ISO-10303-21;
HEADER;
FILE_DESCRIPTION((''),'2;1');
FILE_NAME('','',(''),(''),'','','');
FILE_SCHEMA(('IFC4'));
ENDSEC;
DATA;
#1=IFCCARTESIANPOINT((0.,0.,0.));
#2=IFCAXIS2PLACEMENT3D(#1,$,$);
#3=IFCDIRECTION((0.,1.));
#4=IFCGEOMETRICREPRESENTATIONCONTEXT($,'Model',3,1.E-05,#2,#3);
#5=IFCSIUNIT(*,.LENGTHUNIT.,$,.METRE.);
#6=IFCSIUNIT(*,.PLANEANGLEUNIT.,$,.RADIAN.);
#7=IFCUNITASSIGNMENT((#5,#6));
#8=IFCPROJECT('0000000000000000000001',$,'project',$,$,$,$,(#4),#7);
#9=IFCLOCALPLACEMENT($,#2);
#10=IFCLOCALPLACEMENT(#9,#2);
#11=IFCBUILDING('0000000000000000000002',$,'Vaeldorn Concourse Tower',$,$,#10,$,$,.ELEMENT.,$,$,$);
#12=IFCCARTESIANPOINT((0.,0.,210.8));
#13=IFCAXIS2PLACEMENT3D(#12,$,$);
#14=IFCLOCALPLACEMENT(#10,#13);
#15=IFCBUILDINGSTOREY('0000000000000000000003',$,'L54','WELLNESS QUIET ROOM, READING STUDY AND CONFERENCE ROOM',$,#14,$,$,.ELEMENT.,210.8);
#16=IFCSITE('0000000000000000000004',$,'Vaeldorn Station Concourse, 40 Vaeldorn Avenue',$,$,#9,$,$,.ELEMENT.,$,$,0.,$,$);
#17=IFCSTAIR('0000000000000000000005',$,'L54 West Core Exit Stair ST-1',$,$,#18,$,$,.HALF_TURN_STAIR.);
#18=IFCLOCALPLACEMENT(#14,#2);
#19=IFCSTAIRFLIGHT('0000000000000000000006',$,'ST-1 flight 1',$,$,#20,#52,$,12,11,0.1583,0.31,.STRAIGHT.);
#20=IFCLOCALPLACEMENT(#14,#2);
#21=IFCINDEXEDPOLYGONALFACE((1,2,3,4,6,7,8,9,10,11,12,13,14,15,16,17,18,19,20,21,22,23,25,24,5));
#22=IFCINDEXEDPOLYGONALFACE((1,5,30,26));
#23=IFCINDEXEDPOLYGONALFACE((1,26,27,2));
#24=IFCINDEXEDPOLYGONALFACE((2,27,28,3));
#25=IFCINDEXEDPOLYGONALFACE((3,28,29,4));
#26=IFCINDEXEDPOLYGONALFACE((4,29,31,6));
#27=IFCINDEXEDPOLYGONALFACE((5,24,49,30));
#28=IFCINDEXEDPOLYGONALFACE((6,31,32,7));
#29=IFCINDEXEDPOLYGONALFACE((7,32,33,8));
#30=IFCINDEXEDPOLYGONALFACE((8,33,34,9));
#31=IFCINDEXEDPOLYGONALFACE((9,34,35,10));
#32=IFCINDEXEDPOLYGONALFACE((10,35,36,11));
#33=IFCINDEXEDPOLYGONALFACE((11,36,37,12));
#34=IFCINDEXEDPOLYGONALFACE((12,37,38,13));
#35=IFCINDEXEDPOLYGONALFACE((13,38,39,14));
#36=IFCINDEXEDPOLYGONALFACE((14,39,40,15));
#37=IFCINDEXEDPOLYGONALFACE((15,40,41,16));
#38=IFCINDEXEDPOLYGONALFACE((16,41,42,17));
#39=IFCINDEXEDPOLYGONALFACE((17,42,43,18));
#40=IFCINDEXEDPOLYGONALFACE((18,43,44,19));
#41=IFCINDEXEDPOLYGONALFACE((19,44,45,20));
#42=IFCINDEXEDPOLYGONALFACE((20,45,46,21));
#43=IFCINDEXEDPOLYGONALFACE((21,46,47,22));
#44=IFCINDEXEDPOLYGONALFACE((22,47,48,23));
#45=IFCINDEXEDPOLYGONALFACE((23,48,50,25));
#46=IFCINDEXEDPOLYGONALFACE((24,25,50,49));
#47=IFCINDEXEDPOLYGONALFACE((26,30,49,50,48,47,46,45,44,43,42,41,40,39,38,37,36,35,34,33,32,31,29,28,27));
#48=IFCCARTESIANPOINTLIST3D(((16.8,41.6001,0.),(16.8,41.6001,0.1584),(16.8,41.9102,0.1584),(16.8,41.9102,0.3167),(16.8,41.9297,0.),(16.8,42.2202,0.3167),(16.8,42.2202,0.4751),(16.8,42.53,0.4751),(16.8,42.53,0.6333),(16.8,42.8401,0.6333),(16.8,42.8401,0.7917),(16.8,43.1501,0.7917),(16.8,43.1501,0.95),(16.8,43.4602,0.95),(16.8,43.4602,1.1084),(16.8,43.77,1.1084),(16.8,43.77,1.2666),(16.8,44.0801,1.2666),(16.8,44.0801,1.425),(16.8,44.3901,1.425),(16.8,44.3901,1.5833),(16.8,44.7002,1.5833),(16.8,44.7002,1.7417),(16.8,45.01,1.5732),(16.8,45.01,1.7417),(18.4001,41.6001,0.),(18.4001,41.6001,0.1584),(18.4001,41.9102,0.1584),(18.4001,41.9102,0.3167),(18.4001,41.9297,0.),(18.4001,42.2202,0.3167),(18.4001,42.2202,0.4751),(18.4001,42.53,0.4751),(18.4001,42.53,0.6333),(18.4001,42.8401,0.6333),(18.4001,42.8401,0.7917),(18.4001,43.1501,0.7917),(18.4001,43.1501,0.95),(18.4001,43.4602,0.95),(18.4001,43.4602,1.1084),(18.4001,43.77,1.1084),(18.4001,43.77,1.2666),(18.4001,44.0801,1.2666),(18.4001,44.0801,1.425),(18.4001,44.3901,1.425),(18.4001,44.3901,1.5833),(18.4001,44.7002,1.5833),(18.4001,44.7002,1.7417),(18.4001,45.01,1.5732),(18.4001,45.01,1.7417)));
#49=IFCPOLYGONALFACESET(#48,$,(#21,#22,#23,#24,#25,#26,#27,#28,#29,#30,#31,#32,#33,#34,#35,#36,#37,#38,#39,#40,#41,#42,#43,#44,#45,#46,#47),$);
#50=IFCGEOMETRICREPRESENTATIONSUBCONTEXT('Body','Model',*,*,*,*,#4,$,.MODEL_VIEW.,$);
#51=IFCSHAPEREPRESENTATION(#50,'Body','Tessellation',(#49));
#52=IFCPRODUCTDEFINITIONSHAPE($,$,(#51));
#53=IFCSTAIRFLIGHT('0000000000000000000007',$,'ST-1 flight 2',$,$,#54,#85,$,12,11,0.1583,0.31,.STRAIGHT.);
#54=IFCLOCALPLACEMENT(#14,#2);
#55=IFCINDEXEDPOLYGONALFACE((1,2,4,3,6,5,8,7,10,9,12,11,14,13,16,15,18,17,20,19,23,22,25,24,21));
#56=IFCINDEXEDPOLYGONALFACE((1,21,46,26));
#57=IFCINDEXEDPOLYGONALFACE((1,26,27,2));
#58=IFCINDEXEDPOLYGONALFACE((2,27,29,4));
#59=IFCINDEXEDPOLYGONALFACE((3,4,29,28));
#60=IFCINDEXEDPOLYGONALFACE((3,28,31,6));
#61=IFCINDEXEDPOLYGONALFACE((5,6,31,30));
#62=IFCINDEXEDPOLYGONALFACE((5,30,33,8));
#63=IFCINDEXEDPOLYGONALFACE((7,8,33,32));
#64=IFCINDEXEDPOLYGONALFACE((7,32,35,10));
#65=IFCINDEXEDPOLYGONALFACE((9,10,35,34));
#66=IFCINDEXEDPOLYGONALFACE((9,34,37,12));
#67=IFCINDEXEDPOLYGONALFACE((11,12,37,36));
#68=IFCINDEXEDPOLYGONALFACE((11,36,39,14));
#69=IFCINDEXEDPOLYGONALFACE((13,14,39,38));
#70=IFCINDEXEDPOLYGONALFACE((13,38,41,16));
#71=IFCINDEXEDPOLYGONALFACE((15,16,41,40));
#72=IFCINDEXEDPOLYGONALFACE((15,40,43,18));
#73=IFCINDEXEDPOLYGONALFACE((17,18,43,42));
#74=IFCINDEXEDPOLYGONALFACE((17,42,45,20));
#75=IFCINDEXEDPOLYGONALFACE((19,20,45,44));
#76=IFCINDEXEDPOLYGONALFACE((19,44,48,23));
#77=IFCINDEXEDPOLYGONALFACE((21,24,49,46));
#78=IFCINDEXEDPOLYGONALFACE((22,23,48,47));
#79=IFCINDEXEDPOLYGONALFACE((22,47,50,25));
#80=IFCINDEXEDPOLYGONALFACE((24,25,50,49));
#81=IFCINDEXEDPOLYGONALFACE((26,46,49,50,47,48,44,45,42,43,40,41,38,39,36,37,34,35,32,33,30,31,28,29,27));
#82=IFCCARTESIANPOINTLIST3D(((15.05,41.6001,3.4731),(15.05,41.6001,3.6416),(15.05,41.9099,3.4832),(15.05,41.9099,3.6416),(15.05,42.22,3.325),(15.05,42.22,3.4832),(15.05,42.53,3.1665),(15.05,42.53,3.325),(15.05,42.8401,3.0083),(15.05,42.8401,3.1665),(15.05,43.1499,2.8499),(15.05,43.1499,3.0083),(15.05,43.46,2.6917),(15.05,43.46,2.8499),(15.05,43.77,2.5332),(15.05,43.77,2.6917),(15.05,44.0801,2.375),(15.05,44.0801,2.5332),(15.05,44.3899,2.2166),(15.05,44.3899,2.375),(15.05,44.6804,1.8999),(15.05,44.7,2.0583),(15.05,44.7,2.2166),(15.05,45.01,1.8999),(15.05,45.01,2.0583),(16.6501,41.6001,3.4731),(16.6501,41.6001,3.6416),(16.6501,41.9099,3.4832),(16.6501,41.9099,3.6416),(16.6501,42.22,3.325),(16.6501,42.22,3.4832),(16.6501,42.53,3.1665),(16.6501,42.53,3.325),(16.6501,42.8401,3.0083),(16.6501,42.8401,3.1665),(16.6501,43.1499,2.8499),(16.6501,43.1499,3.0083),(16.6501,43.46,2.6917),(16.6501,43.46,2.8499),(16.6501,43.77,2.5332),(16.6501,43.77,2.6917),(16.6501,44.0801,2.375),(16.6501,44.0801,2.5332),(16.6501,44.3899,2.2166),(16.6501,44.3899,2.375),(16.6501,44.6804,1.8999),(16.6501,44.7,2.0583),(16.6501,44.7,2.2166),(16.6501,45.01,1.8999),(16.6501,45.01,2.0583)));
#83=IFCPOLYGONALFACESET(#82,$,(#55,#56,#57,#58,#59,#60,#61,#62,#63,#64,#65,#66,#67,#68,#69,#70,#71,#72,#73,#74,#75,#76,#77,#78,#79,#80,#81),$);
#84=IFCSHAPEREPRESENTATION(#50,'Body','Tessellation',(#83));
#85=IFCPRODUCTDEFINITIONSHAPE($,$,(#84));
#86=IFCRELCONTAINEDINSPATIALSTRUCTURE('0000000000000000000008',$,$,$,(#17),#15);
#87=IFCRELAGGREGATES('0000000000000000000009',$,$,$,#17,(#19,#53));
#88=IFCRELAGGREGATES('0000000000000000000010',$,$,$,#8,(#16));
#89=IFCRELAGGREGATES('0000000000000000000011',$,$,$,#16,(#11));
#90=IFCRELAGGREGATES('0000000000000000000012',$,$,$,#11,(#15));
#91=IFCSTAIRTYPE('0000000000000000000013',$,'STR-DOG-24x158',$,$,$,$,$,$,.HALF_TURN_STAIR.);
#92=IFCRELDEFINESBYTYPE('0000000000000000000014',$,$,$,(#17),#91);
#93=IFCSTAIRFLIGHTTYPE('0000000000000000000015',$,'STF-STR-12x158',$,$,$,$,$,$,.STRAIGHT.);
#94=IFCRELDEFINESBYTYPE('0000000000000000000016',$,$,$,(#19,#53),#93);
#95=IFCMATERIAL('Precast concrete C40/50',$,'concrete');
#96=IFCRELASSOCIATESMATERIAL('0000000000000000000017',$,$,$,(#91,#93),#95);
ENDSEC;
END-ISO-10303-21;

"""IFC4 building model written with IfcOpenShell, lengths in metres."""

from ifc_helpers import new_model, si_unit, direction, frame, origin, place, context, subcontext, project, spatial, polyline, outline, extrude, material, type_object, element, aggregate, save


model = new_model("IFC4")

# Units and contexts
model_context = context("Model", 3, precision=1e-05, world=origin(), true_north=direction((0.0, 1.0)))
body_context = subcontext(model_context, "Body", "Model", "MODEL_VIEW")
ifc_project = project(units=[si_unit("LENGTHUNIT", "METRE"), si_unit("PLANEANGLEUNIT", "RADIAN")], contexts=[model_context])

# Site, building, storey
site_placement = place(None, origin())
site = spatial("IfcSite", under=ifc_project, at=site_placement, Name="Vaeldorn Station Concourse, 40 Vaeldorn Avenue", CompositionType="ELEMENT", RefElevation=0.0)
building_placement = place(site_placement, origin())
building = spatial("IfcBuilding", under=site, at=building_placement, Name="Vaeldorn Concourse Tower", CompositionType="ELEMENT")
storey_placement = place(building_placement, frame((0.0, 0.0, 210.8)))
storey = spatial("IfcBuildingStorey", under=building, at=storey_placement, Name="L54", Description="WELLNESS QUIET ROOM, READING STUDY AND CONFERENCE ROOM", CompositionType="ELEMENT", Elevation=210.8)

# Stair, stair flights
ifc_material_1 = material(Name="Precast concrete C40/50", Category="concrete")
stair_type = type_object("IfcStairType", Name="STR-DOG-24x158", PredefinedType="HALF_TURN_STAIR", material=ifc_material_1)
stair_placement = place(storey_placement, origin())
stair = element("IfcStair", 1, at=stair_placement, inside=storey, type_object=stair_type, Name="L54 West Core Exit Stair ST-1", PredefinedType="HALF_TURN_STAIR")
stair_flight_type = type_object("IfcStairFlightType", Name="STF-STR-12x158", PredefinedType="STRAIGHT", material=ifc_material_1)
stair_flight_1_placement = place(storey_placement, frame((17.6001, 41.6001, 0.0), z_axis=(0.0, 0.0, 1.0), x_axis=(0.0, 1.0, 0.0)))
stair_flight_1 = element("IfcStairFlight", 2, at=stair_flight_1_placement, type_object=stair_flight_type, Name="ST-1 flight 1", NumberOfRisers=12, NumberOfTreads=11, PredefinedType="STRAIGHT", RiserHeight=0.1583, TreadLength=0.31, context=body_context, shape_type="SweptSolid", body=[
    extrude(outline(polyline([(0.0, 0.0), (0.0, 0.1584), (0.3101, 0.1584), (0.3101, 0.3167), (0.6201, 0.3167), (0.6201, 0.4751), (0.9299, 0.4751), (0.9299, 0.6333), (1.24, 0.6333), (1.24, 0.7917), (1.55, 0.7917), (1.55, 0.95), (1.8601, 0.95), (1.8601, 1.1084), (2.1699, 1.1084), (2.1699, 1.2666), (2.48, 1.2666), (2.48, 1.425), (2.79, 1.425), (2.79, 1.5833), (3.1001, 1.5833), (3.1001, 1.7417), (3.4099, 1.7417), (3.4099, 1.8999), (3.4099, 1.5732), (0.3296, 0.0), (0.0, 0.0)])), frame((0.0, 0.8, 0.0), z_axis=(0.0, -1.0, 0.0), x_axis=(1.0, 0.0, 0.0)), (0.0, 0.0, 1.0), 1.6001),
])
stair_flight_2_placement = place(storey_placement, frame((15.8501, 45.01, 1.8999), z_axis=(0.0, 0.0, 1.0), x_axis=(0.0, -1.0, 0.0)))
stair_flight_2 = element("IfcStairFlight", 3, at=stair_flight_2_placement, type_object=stair_flight_type, Name="ST-1 flight 2", NumberOfRisers=12, NumberOfTreads=11, PredefinedType="STRAIGHT", RiserHeight=0.1583, TreadLength=0.31, context=body_context, shape_type="SweptSolid", body=[
    extrude(outline(polyline([(0.0, 0.0), (0.0, 0.1584), (0.3101, 0.1584), (0.3101, 0.3167), (0.6201, 0.3167), (0.6201, 0.4751), (0.9299, 0.4751), (0.9299, 0.6333), (1.24, 0.6333), (1.24, 0.7917), (1.55, 0.7917), (1.55, 0.95), (1.8601, 0.95), (1.8601, 1.1084), (2.1699, 1.1084), (2.1699, 1.2666), (2.48, 1.2666), (2.48, 1.425), (2.79, 1.425), (2.79, 1.5833), (3.1001, 1.5833), (3.1001, 1.7417), (3.4099, 1.7417), (3.4099, 1.8999), (3.4099, 1.5732), (0.3296, 0.0), (0.0, 0.0)])), frame((0.0, 0.8, 0.0), z_axis=(0.0, -1.0, 0.0), x_axis=(1.0, 0.0, 0.0)), (0.0, 0.0, 1.0), 1.6001),
])
aggregate(stair, [stair_flight_1, stair_flight_2])

save(model, "model.ifc")
